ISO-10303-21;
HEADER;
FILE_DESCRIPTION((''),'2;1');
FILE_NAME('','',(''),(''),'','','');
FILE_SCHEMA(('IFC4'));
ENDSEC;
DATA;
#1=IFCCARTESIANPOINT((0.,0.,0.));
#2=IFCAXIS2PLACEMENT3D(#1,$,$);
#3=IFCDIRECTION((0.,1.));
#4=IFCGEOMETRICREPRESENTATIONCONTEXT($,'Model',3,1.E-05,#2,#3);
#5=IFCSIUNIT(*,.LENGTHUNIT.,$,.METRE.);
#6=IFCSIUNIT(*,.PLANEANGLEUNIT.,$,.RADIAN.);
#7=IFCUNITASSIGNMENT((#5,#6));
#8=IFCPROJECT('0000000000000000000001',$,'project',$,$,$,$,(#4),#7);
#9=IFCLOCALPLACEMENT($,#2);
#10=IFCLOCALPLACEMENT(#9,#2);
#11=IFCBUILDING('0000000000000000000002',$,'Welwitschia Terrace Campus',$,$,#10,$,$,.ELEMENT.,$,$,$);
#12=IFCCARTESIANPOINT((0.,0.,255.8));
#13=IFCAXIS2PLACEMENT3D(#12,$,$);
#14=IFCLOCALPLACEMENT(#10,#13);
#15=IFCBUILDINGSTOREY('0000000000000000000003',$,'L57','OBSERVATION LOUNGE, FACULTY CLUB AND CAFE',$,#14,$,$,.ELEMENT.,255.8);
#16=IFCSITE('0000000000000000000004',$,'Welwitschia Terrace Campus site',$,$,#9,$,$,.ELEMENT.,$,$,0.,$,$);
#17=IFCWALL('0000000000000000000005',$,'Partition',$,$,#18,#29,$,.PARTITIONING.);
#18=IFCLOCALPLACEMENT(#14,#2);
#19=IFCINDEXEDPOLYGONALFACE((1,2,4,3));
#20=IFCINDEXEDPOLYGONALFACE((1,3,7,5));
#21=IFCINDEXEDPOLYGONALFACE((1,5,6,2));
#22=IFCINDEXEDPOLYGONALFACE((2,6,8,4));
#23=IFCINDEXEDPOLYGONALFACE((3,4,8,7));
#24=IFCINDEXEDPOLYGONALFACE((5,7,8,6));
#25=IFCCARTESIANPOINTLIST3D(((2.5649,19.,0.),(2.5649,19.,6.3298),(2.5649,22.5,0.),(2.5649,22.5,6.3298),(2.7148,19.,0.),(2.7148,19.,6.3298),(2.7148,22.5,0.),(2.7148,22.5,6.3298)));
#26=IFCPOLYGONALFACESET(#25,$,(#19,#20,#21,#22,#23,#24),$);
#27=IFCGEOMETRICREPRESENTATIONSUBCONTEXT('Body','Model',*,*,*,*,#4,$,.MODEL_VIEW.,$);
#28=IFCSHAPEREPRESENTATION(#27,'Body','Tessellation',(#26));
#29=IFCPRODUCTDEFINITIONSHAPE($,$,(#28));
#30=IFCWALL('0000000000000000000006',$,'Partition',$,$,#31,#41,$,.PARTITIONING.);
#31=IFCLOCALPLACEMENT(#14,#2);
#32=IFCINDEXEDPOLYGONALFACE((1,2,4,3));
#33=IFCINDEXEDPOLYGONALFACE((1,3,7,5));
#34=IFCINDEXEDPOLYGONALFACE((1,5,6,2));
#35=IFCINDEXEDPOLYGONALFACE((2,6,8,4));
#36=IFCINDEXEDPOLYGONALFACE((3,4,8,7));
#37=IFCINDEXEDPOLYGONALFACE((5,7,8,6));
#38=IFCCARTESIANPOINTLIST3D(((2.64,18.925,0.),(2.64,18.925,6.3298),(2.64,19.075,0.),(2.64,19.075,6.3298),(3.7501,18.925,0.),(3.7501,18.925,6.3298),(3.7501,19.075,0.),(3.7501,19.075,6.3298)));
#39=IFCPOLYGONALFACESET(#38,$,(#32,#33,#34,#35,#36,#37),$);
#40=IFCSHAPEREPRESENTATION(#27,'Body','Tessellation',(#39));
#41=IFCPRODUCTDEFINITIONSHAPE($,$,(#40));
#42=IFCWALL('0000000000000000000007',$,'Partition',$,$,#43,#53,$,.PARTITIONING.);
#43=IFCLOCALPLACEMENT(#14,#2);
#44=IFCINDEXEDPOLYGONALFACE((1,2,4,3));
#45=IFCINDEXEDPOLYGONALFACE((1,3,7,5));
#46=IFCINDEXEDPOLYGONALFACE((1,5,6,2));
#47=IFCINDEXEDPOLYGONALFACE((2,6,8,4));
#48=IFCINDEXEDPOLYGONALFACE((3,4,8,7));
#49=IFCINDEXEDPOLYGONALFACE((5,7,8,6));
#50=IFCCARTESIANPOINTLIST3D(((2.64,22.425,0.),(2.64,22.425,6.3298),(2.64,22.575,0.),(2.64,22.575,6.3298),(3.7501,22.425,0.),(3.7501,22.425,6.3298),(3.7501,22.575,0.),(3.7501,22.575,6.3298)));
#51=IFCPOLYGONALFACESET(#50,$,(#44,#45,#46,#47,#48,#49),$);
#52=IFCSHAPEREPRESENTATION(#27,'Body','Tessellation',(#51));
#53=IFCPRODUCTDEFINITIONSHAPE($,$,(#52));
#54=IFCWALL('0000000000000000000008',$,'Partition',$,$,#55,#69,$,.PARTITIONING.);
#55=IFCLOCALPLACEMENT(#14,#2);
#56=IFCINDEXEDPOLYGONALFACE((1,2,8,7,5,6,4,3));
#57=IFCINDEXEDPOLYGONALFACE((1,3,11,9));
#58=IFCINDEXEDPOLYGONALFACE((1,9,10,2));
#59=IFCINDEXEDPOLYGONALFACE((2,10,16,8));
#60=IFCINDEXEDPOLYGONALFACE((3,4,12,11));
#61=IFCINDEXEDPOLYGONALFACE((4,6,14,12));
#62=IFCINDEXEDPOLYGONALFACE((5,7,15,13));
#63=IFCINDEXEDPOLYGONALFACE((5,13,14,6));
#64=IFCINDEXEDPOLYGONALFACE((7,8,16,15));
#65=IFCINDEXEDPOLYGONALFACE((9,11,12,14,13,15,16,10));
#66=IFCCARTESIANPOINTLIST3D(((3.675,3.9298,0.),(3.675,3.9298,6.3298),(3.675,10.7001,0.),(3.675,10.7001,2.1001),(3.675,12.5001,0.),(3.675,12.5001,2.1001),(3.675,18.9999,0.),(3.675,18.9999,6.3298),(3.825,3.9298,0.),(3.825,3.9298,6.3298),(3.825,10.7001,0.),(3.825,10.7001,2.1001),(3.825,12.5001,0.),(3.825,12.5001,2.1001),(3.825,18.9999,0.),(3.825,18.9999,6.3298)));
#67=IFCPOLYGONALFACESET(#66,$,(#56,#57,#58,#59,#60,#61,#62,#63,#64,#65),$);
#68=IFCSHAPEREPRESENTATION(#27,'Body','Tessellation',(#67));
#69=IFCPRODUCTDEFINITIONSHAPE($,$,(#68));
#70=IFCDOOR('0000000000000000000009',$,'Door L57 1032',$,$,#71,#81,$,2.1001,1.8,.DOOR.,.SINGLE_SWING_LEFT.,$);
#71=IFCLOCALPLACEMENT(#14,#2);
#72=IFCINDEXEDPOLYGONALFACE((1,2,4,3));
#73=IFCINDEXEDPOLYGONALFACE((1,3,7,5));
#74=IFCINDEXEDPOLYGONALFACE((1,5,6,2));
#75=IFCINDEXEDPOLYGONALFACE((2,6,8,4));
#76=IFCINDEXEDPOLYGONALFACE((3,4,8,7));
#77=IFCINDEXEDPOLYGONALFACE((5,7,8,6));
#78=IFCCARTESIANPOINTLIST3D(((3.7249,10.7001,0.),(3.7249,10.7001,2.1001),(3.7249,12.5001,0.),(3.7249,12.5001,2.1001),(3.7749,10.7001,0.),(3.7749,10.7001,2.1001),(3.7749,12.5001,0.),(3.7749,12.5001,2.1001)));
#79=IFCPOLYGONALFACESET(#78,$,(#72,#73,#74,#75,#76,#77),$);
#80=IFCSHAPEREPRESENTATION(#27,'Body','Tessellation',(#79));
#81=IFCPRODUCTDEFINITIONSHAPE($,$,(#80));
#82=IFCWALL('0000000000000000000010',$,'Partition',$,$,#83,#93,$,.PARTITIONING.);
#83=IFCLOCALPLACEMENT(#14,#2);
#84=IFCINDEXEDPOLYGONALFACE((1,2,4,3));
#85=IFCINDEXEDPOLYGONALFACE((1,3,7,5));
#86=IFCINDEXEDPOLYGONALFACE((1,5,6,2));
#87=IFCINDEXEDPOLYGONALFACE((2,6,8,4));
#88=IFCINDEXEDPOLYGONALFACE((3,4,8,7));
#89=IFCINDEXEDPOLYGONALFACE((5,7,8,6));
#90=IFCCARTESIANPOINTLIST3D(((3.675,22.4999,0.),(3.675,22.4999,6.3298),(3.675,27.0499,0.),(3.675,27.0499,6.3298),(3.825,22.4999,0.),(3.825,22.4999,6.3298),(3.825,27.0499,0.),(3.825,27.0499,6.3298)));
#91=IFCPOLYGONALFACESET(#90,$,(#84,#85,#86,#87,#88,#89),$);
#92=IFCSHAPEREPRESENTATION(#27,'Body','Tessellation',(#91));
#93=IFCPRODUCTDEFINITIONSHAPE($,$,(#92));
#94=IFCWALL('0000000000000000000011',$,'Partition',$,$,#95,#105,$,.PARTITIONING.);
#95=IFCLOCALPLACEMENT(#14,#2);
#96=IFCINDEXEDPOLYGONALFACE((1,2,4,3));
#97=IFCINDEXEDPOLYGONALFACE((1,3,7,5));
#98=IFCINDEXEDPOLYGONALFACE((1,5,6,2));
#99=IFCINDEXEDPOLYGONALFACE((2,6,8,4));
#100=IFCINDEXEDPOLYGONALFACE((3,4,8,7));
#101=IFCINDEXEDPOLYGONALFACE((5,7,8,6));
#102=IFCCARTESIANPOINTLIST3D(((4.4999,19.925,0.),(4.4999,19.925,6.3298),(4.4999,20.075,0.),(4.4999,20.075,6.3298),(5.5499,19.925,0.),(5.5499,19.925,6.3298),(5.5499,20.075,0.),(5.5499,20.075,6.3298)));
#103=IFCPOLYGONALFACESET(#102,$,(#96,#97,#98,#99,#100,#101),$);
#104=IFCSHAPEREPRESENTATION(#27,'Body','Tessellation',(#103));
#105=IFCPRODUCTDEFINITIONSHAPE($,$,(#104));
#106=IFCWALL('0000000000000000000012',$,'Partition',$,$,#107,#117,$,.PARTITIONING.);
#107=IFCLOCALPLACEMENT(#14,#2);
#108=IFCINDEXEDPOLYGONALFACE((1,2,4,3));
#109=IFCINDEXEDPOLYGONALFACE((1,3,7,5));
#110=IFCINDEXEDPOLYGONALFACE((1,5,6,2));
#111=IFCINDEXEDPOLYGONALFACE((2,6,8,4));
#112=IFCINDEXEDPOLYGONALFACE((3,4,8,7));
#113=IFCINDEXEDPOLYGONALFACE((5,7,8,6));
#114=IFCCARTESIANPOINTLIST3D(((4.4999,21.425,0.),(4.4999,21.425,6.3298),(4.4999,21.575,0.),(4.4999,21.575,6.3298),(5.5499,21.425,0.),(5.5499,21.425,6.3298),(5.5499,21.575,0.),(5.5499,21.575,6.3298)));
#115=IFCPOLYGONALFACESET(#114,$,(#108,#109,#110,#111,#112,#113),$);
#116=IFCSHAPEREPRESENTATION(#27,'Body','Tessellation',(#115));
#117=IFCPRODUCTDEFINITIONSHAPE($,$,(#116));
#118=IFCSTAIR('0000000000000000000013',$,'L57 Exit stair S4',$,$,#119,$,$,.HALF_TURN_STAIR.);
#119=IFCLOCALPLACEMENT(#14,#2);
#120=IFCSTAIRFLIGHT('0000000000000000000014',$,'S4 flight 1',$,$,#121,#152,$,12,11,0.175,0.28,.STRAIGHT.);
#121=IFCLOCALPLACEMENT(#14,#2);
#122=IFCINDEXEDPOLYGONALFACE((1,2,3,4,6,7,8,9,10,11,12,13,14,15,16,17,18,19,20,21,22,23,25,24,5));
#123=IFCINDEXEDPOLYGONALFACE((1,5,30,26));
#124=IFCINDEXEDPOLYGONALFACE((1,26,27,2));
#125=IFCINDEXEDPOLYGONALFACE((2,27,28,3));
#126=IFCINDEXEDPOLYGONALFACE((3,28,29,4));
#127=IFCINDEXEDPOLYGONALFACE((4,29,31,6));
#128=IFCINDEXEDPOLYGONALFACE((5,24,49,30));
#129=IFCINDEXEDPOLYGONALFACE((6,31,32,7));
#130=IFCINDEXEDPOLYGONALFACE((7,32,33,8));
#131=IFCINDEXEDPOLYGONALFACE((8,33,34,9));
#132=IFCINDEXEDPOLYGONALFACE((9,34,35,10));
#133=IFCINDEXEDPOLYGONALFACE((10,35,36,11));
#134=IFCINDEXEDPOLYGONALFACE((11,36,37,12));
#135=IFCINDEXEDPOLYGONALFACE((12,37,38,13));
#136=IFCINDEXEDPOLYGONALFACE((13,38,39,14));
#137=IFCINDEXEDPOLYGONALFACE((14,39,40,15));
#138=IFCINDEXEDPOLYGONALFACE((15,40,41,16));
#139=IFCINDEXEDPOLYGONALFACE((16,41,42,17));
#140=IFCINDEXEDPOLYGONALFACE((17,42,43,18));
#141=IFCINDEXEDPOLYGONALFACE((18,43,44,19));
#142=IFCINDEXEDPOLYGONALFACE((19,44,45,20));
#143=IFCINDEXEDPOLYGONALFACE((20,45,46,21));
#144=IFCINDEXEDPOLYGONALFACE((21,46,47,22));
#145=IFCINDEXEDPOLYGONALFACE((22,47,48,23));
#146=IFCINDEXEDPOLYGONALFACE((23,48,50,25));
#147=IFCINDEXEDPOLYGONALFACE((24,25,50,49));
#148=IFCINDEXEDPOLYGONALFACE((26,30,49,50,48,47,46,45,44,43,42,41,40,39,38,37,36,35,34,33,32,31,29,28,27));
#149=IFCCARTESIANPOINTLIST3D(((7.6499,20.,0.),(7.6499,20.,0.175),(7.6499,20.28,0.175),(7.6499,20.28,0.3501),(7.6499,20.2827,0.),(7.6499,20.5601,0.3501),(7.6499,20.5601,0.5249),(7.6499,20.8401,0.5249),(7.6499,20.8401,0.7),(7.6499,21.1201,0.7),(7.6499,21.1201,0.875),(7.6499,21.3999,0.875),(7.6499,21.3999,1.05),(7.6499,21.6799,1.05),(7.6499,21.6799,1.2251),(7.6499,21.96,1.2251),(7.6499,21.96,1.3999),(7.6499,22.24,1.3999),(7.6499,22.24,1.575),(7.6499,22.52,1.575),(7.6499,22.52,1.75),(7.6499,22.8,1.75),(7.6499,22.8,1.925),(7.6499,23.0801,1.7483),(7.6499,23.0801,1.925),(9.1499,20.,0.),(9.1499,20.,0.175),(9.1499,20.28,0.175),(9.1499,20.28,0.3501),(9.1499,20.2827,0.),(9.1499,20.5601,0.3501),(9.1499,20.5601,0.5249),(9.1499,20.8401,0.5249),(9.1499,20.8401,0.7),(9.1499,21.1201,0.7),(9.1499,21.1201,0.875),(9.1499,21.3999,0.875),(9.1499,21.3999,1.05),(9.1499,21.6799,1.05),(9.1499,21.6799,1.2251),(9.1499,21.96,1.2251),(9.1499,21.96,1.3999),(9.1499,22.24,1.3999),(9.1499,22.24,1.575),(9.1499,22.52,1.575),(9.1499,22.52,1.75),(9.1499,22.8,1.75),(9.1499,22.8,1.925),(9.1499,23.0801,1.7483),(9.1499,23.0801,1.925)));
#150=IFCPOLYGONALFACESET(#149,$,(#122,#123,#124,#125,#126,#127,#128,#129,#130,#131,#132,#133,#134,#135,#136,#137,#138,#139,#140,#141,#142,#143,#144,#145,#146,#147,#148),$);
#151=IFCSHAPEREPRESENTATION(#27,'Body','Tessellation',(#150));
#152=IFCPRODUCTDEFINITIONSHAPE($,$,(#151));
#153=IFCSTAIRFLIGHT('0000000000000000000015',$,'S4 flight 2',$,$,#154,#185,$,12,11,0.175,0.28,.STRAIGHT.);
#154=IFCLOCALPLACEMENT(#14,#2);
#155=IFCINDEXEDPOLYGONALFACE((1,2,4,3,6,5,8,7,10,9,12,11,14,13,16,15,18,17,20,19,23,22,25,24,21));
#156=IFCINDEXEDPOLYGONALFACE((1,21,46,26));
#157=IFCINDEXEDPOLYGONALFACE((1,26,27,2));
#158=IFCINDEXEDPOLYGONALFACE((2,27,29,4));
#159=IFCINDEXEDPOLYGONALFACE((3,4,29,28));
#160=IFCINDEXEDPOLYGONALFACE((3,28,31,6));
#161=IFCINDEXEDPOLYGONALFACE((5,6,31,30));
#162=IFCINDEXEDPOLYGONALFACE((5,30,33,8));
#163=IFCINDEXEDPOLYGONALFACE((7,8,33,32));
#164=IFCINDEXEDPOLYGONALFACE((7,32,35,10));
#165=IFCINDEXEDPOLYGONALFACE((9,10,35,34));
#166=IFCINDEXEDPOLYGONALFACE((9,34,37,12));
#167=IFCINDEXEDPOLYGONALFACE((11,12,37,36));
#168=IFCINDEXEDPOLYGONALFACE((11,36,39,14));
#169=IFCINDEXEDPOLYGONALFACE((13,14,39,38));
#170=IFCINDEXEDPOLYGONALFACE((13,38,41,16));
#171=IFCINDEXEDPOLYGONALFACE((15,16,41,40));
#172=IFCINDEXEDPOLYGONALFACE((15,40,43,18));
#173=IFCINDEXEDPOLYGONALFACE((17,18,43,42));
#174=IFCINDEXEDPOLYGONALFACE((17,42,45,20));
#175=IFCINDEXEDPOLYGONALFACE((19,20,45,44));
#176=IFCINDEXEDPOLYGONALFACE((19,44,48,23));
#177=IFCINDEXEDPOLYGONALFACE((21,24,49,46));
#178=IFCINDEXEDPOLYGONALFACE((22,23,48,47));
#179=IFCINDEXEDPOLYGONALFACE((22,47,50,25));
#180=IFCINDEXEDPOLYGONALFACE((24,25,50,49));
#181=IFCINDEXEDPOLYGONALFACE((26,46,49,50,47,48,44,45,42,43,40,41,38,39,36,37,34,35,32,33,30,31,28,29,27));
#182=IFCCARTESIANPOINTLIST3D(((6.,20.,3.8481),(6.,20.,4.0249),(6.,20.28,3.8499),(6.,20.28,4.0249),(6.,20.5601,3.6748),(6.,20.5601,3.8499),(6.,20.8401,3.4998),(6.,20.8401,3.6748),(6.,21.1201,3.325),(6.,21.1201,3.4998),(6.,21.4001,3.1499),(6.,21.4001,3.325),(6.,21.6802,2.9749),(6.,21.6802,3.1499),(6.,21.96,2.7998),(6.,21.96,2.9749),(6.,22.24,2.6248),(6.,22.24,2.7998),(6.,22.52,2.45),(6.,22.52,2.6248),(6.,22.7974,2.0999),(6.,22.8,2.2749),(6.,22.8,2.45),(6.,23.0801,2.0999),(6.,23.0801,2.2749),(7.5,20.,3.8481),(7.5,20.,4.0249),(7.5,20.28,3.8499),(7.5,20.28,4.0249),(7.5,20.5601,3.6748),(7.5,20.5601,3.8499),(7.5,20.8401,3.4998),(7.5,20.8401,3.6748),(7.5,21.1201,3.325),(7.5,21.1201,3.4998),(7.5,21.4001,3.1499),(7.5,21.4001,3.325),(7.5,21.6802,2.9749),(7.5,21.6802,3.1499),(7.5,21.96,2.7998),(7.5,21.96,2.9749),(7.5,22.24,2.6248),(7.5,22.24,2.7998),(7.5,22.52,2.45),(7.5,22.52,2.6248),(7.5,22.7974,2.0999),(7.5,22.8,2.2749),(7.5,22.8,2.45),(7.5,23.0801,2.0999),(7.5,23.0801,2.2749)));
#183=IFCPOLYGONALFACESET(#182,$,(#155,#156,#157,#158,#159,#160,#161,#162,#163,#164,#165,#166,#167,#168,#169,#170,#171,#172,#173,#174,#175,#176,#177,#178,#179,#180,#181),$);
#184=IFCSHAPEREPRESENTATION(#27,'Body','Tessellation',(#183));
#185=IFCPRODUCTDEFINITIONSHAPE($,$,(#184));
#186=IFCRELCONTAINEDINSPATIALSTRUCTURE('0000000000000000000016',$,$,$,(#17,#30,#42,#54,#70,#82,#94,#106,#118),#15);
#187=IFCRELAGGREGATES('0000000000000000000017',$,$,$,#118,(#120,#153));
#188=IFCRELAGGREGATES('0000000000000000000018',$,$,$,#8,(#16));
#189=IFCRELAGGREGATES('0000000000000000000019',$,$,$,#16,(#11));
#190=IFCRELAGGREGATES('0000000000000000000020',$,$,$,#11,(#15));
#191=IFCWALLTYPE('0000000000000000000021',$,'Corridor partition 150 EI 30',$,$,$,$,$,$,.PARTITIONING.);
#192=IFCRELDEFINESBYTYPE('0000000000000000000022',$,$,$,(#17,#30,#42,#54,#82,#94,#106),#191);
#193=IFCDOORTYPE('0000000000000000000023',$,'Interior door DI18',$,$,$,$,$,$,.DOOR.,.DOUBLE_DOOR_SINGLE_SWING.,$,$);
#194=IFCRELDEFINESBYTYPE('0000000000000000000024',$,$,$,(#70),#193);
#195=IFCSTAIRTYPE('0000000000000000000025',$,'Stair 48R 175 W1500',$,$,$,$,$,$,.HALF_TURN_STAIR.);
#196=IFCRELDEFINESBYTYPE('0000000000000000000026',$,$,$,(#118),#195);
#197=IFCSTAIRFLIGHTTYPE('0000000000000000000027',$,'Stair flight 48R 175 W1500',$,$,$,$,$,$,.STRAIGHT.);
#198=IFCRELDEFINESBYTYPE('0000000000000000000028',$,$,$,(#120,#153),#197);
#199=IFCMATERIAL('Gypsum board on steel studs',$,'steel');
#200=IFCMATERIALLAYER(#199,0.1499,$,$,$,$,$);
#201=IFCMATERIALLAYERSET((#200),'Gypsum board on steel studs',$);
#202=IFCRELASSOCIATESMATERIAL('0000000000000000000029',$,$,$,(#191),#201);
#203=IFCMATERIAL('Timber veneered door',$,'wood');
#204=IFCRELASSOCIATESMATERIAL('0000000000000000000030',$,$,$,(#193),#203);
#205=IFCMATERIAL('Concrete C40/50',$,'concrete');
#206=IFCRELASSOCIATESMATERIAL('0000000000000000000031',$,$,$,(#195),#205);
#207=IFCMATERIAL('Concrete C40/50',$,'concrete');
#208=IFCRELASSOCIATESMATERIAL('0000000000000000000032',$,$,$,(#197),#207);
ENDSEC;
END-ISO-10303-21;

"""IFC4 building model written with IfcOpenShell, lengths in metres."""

from ifc_helpers import new_model, si_unit, direction, frame, frame_2d, origin, place, context, subcontext, project, spatial, polyline, rectangle, outline, extrude, material, layer, layer_set, type_object, element, fill, aggregate, save


model = new_model("IFC4")

# Units and contexts
model_context = context("Model", 3, precision=1e-05, world=origin(), true_north=direction((0.0, 1.0)))
body_context = subcontext(model_context, "Body", "Model", "MODEL_VIEW")
ifc_project = project(units=[si_unit("LENGTHUNIT", "METRE"), si_unit("PLANEANGLEUNIT", "RADIAN")], contexts=[model_context])

# Site, building, storey
site_placement = place(None, origin())
site = spatial("IfcSite", under=ifc_project, at=site_placement, Name="Welwitschia Terrace Campus site", CompositionType="ELEMENT", RefElevation=0.0)
building_placement = place(site_placement, origin())
building = spatial("IfcBuilding", under=site, at=building_placement, Name="Welwitschia Terrace Campus", CompositionType="ELEMENT")
storey_placement = place(building_placement, frame((0.0, 0.0, 255.8)))
storey = spatial("IfcBuildingStorey", under=building, at=storey_placement, Name="L57", Description="OBSERVATION LOUNGE, FACULTY CLUB AND CAFE", CompositionType="ELEMENT", Elevation=255.8)

# Walls
ifc_material_1 = material(Name="Gypsum board on steel studs", Category="steel")
ifc_layer_1 = layer(ifc_material_1, 0.1499)
ifc_layer_set_1 = layer_set([ifc_layer_1], Name="Gypsum board on steel studs")
wall_type_1 = type_object("IfcWallType", Name="Corridor partition 150 EI 30", PredefinedType="PARTITIONING", material=ifc_layer_set_1)
wall_1_placement = place(storey_placement, frame((2.6399, 19.0, 0.0), z_axis=(0.0, 0.0, 1.0), x_axis=(0.0, 1.0, 0.0)))
element("IfcWall", 1, at=wall_1_placement, inside=storey, type_object=wall_type_1, Name="Partition", PredefinedType="PARTITIONING", context=body_context, shape_type="SweptSolid", body=[
    extrude(rectangle(XDim=3.5, YDim=0.1499, at=frame_2d((1.75, 0.0))), origin(), (0.0, 0.0, 1.0), 6.3298),
])
for number, where, z_axis, x_axis, name in (
    (2, (2.6399, 19.0, 0.0), (0.0, 0.0, 1.0), (1.0, 0.0, 0.0), "Partition"),
    (3, (2.6399, 22.5, 0.0), (0.0, 0.0, 1.0), (1.0, 0.0, 0.0), "Partition"),
):
    element("IfcWall", number, at=place(storey_placement, frame(where, z_axis=z_axis, x_axis=x_axis)), inside=storey, type_object=wall_type_1, Name=name, PredefinedType="PARTITIONING", context=body_context, shape_type="SweptSolid", body=[
        extrude(rectangle(XDim=1.1101, YDim=0.1499, at=frame_2d((0.5552, 0.0))), origin(), (0.0, 0.0, 1.0), 6.3298),
    ])

# Wall, opening, door
wall_2_placement = place(storey_placement, frame((3.75, 19.0, 0.0), z_axis=(0.0, 0.0, 1.0), x_axis=(0.0, -1.0, 0.0)))
wall_2 = element("IfcWall", 4, at=wall_2_placement, inside=storey, type_object=wall_type_1, Name="Partition", PredefinedType="PARTITIONING", context=body_context, shape_type="SweptSolid", body=[
    extrude(rectangle(XDim=15.0701, YDim=0.1499, at=frame_2d((7.5352, 0.0))), origin(), (0.0, 0.0, 1.0), 6.3298),
])
opening_placement = place(wall_2_placement, frame((6.5, 0.0, 0.0)))
opening = element("IfcOpeningElement", 5, at=opening_placement, cuts=wall_2, PredefinedType="OPENING", context=body_context, shape_type="SweptSolid", body=[
    extrude(rectangle(XDim=1.8, YDim=2.1001, at=frame_2d((0.8999, 1.05))), frame((0.0, 0.085, 0.0), z_axis=(0.0, -1.0, 0.0), x_axis=(1.0, 0.0, 0.0)), (0.0, 0.0, 1.0), 0.1699),
])
ifc_material_2 = material(Name="Timber veneered door", Category="wood")
door_type = type_object("IfcDoorType", Name="Interior door DI18", OperationType="DOUBLE_DOOR_SINGLE_SWING", PredefinedType="DOOR", material=ifc_material_2)
door_placement = place(opening_placement, origin())
door = element("IfcDoor", 6, at=door_placement, inside=storey, type_object=door_type, Name="Door L57 1032", OperationType="SINGLE_SWING_LEFT", OverallHeight=2.1001, OverallWidth=1.8, PredefinedType="DOOR", context=body_context, shape_type="SweptSolid", body=[
    extrude(rectangle(XDim=1.8, YDim=2.1001, at=frame_2d((0.8999, 1.05))), frame((0.0, 0.0249, 0.0), z_axis=(0.0, -1.0, 0.0), x_axis=(1.0, 0.0, 0.0)), (0.0, 0.0, 1.0), 0.05),
])
fill(opening, door)

# Walls
wall_3_placement = place(storey_placement, frame((3.75, 22.5, 0.0), z_axis=(0.0, 0.0, 1.0), x_axis=(0.0, 1.0, 0.0)))
element("IfcWall", 7, at=wall_3_placement, inside=storey, type_object=wall_type_1, Name="Partition", PredefinedType="PARTITIONING", context=body_context, shape_type="SweptSolid", body=[
    extrude(rectangle(XDim=4.55, YDim=0.1499, at=frame_2d((2.2749, 0.0))), origin(), (0.0, 0.0, 1.0), 6.3298),
])
for number, where, z_axis, x_axis, name in (
    (8, (4.5, 20.0, 0.0), (0.0, 0.0, 1.0), (1.0, 0.0, 0.0), "Partition"),
    (9, (4.5, 21.5, 0.0), (0.0, 0.0, 1.0), (1.0, 0.0, 0.0), "Partition"),
):
    element("IfcWall", number, at=place(storey_placement, frame(where, z_axis=z_axis, x_axis=x_axis)), inside=storey, type_object=wall_type_1, Name=name, PredefinedType="PARTITIONING", context=body_context, shape_type="SweptSolid", body=[
        extrude(rectangle(XDim=1.05, YDim=0.1499, at=frame_2d((0.5249, 0.0))), origin(), (0.0, 0.0, 1.0), 6.3298),
    ])

# Stair, stair flights
ifc_material_3 = material(Name="Concrete C40/50", Category="concrete")
stair_type = type_object("IfcStairType", Name="Stair 48R 175 W1500", PredefinedType="HALF_TURN_STAIR", material=ifc_material_3)
stair_placement = place(storey_placement, origin())
stair = element("IfcStair", 10, at=stair_placement, inside=storey, type_object=stair_type, Name="L57 Exit stair S4", PredefinedType="HALF_TURN_STAIR")
ifc_material_4 = material(Name="Concrete C40/50", Category="concrete")
stair_flight_type = type_object("IfcStairFlightType", Name="Stair flight 48R 175 W1500", PredefinedType="STRAIGHT", material=ifc_material_4)
stair_flight_1_placement = place(storey_placement, frame((8.3999, 20.0, 0.0), z_axis=(0.0, 0.0, 1.0), x_axis=(0.0, 1.0, 0.0)))
stair_flight_1 = element("IfcStairFlight", 11, at=stair_flight_1_placement, type_object=stair_flight_type, Name="S4 flight 1", NumberOfRisers=12, NumberOfTreads=11, PredefinedType="STRAIGHT", RiserHeight=0.175, TreadLength=0.28, context=body_context, shape_type="SweptSolid", body=[
    extrude(outline(polyline([(0.0, 0.0), (0.0, 0.175), (0.28, 0.175), (0.28, 0.3501), (0.5601, 0.3501), (0.5601, 0.5249), (0.8401, 0.5249), (0.8401, 0.7), (1.1201, 0.7), (1.1201, 0.875), (1.3999, 0.875), (1.3999, 1.05), (1.6799, 1.05), (1.6799, 1.2251), (1.96, 1.2251), (1.96, 1.3999), (2.24, 1.3999), (2.24, 1.575), (2.52, 1.575), (2.52, 1.75), (2.8, 1.75), (2.8, 1.925), (3.0801, 1.925), (3.0801, 2.1001), (3.0801, 1.7483), (0.2827, 0.0), (0.0, 0.0)])), frame((0.0, 0.75, 0.0), z_axis=(0.0, -1.0, 0.0), x_axis=(1.0, 0.0, 0.0)), (0.0, 0.0, 1.0), 1.5),
])
stair_flight_2_placement = place(storey_placement, frame((6.75, 23.0801, 2.0999), z_axis=(0.0, 0.0, 1.0), x_axis=(0.0, -1.0, 0.0)))
stair_flight_2 = element("IfcStairFlight", 12, at=stair_flight_2_placement, type_object=stair_flight_type, Name="S4 flight 2", NumberOfRisers=12, NumberOfTreads=11, PredefinedType="STRAIGHT", RiserHeight=0.175, TreadLength=0.28, context=body_context, shape_type="SweptSolid", body=[
    extrude(outline(polyline([(0.0, 0.0), (0.0, 0.175), (0.28, 0.175), (0.28, 0.3501), (0.5601, 0.3501), (0.5601, 0.5249), (0.8401, 0.5249), (0.8401, 0.7), (1.1201, 0.7), (1.1201, 0.875), (1.3999, 0.875), (1.3999, 1.05), (1.6799, 1.05), (1.6799, 1.2251), (1.96, 1.2251), (1.96, 1.3999), (2.24, 1.3999), (2.24, 1.575), (2.52, 1.575), (2.52, 1.75), (2.8, 1.75), (2.8, 1.925), (3.0801, 1.925), (3.0801, 2.1001), (3.0801, 1.7483), (0.2827, 0.0), (0.0, 0.0)])), frame((0.0, 0.75, 0.0), z_axis=(0.0, -1.0, 0.0), x_axis=(1.0, 0.0, 0.0)), (0.0, 0.0, 1.0), 1.5),
])
aggregate(stair, [stair_flight_1, stair_flight_2])

save(model, "model.ifc")
